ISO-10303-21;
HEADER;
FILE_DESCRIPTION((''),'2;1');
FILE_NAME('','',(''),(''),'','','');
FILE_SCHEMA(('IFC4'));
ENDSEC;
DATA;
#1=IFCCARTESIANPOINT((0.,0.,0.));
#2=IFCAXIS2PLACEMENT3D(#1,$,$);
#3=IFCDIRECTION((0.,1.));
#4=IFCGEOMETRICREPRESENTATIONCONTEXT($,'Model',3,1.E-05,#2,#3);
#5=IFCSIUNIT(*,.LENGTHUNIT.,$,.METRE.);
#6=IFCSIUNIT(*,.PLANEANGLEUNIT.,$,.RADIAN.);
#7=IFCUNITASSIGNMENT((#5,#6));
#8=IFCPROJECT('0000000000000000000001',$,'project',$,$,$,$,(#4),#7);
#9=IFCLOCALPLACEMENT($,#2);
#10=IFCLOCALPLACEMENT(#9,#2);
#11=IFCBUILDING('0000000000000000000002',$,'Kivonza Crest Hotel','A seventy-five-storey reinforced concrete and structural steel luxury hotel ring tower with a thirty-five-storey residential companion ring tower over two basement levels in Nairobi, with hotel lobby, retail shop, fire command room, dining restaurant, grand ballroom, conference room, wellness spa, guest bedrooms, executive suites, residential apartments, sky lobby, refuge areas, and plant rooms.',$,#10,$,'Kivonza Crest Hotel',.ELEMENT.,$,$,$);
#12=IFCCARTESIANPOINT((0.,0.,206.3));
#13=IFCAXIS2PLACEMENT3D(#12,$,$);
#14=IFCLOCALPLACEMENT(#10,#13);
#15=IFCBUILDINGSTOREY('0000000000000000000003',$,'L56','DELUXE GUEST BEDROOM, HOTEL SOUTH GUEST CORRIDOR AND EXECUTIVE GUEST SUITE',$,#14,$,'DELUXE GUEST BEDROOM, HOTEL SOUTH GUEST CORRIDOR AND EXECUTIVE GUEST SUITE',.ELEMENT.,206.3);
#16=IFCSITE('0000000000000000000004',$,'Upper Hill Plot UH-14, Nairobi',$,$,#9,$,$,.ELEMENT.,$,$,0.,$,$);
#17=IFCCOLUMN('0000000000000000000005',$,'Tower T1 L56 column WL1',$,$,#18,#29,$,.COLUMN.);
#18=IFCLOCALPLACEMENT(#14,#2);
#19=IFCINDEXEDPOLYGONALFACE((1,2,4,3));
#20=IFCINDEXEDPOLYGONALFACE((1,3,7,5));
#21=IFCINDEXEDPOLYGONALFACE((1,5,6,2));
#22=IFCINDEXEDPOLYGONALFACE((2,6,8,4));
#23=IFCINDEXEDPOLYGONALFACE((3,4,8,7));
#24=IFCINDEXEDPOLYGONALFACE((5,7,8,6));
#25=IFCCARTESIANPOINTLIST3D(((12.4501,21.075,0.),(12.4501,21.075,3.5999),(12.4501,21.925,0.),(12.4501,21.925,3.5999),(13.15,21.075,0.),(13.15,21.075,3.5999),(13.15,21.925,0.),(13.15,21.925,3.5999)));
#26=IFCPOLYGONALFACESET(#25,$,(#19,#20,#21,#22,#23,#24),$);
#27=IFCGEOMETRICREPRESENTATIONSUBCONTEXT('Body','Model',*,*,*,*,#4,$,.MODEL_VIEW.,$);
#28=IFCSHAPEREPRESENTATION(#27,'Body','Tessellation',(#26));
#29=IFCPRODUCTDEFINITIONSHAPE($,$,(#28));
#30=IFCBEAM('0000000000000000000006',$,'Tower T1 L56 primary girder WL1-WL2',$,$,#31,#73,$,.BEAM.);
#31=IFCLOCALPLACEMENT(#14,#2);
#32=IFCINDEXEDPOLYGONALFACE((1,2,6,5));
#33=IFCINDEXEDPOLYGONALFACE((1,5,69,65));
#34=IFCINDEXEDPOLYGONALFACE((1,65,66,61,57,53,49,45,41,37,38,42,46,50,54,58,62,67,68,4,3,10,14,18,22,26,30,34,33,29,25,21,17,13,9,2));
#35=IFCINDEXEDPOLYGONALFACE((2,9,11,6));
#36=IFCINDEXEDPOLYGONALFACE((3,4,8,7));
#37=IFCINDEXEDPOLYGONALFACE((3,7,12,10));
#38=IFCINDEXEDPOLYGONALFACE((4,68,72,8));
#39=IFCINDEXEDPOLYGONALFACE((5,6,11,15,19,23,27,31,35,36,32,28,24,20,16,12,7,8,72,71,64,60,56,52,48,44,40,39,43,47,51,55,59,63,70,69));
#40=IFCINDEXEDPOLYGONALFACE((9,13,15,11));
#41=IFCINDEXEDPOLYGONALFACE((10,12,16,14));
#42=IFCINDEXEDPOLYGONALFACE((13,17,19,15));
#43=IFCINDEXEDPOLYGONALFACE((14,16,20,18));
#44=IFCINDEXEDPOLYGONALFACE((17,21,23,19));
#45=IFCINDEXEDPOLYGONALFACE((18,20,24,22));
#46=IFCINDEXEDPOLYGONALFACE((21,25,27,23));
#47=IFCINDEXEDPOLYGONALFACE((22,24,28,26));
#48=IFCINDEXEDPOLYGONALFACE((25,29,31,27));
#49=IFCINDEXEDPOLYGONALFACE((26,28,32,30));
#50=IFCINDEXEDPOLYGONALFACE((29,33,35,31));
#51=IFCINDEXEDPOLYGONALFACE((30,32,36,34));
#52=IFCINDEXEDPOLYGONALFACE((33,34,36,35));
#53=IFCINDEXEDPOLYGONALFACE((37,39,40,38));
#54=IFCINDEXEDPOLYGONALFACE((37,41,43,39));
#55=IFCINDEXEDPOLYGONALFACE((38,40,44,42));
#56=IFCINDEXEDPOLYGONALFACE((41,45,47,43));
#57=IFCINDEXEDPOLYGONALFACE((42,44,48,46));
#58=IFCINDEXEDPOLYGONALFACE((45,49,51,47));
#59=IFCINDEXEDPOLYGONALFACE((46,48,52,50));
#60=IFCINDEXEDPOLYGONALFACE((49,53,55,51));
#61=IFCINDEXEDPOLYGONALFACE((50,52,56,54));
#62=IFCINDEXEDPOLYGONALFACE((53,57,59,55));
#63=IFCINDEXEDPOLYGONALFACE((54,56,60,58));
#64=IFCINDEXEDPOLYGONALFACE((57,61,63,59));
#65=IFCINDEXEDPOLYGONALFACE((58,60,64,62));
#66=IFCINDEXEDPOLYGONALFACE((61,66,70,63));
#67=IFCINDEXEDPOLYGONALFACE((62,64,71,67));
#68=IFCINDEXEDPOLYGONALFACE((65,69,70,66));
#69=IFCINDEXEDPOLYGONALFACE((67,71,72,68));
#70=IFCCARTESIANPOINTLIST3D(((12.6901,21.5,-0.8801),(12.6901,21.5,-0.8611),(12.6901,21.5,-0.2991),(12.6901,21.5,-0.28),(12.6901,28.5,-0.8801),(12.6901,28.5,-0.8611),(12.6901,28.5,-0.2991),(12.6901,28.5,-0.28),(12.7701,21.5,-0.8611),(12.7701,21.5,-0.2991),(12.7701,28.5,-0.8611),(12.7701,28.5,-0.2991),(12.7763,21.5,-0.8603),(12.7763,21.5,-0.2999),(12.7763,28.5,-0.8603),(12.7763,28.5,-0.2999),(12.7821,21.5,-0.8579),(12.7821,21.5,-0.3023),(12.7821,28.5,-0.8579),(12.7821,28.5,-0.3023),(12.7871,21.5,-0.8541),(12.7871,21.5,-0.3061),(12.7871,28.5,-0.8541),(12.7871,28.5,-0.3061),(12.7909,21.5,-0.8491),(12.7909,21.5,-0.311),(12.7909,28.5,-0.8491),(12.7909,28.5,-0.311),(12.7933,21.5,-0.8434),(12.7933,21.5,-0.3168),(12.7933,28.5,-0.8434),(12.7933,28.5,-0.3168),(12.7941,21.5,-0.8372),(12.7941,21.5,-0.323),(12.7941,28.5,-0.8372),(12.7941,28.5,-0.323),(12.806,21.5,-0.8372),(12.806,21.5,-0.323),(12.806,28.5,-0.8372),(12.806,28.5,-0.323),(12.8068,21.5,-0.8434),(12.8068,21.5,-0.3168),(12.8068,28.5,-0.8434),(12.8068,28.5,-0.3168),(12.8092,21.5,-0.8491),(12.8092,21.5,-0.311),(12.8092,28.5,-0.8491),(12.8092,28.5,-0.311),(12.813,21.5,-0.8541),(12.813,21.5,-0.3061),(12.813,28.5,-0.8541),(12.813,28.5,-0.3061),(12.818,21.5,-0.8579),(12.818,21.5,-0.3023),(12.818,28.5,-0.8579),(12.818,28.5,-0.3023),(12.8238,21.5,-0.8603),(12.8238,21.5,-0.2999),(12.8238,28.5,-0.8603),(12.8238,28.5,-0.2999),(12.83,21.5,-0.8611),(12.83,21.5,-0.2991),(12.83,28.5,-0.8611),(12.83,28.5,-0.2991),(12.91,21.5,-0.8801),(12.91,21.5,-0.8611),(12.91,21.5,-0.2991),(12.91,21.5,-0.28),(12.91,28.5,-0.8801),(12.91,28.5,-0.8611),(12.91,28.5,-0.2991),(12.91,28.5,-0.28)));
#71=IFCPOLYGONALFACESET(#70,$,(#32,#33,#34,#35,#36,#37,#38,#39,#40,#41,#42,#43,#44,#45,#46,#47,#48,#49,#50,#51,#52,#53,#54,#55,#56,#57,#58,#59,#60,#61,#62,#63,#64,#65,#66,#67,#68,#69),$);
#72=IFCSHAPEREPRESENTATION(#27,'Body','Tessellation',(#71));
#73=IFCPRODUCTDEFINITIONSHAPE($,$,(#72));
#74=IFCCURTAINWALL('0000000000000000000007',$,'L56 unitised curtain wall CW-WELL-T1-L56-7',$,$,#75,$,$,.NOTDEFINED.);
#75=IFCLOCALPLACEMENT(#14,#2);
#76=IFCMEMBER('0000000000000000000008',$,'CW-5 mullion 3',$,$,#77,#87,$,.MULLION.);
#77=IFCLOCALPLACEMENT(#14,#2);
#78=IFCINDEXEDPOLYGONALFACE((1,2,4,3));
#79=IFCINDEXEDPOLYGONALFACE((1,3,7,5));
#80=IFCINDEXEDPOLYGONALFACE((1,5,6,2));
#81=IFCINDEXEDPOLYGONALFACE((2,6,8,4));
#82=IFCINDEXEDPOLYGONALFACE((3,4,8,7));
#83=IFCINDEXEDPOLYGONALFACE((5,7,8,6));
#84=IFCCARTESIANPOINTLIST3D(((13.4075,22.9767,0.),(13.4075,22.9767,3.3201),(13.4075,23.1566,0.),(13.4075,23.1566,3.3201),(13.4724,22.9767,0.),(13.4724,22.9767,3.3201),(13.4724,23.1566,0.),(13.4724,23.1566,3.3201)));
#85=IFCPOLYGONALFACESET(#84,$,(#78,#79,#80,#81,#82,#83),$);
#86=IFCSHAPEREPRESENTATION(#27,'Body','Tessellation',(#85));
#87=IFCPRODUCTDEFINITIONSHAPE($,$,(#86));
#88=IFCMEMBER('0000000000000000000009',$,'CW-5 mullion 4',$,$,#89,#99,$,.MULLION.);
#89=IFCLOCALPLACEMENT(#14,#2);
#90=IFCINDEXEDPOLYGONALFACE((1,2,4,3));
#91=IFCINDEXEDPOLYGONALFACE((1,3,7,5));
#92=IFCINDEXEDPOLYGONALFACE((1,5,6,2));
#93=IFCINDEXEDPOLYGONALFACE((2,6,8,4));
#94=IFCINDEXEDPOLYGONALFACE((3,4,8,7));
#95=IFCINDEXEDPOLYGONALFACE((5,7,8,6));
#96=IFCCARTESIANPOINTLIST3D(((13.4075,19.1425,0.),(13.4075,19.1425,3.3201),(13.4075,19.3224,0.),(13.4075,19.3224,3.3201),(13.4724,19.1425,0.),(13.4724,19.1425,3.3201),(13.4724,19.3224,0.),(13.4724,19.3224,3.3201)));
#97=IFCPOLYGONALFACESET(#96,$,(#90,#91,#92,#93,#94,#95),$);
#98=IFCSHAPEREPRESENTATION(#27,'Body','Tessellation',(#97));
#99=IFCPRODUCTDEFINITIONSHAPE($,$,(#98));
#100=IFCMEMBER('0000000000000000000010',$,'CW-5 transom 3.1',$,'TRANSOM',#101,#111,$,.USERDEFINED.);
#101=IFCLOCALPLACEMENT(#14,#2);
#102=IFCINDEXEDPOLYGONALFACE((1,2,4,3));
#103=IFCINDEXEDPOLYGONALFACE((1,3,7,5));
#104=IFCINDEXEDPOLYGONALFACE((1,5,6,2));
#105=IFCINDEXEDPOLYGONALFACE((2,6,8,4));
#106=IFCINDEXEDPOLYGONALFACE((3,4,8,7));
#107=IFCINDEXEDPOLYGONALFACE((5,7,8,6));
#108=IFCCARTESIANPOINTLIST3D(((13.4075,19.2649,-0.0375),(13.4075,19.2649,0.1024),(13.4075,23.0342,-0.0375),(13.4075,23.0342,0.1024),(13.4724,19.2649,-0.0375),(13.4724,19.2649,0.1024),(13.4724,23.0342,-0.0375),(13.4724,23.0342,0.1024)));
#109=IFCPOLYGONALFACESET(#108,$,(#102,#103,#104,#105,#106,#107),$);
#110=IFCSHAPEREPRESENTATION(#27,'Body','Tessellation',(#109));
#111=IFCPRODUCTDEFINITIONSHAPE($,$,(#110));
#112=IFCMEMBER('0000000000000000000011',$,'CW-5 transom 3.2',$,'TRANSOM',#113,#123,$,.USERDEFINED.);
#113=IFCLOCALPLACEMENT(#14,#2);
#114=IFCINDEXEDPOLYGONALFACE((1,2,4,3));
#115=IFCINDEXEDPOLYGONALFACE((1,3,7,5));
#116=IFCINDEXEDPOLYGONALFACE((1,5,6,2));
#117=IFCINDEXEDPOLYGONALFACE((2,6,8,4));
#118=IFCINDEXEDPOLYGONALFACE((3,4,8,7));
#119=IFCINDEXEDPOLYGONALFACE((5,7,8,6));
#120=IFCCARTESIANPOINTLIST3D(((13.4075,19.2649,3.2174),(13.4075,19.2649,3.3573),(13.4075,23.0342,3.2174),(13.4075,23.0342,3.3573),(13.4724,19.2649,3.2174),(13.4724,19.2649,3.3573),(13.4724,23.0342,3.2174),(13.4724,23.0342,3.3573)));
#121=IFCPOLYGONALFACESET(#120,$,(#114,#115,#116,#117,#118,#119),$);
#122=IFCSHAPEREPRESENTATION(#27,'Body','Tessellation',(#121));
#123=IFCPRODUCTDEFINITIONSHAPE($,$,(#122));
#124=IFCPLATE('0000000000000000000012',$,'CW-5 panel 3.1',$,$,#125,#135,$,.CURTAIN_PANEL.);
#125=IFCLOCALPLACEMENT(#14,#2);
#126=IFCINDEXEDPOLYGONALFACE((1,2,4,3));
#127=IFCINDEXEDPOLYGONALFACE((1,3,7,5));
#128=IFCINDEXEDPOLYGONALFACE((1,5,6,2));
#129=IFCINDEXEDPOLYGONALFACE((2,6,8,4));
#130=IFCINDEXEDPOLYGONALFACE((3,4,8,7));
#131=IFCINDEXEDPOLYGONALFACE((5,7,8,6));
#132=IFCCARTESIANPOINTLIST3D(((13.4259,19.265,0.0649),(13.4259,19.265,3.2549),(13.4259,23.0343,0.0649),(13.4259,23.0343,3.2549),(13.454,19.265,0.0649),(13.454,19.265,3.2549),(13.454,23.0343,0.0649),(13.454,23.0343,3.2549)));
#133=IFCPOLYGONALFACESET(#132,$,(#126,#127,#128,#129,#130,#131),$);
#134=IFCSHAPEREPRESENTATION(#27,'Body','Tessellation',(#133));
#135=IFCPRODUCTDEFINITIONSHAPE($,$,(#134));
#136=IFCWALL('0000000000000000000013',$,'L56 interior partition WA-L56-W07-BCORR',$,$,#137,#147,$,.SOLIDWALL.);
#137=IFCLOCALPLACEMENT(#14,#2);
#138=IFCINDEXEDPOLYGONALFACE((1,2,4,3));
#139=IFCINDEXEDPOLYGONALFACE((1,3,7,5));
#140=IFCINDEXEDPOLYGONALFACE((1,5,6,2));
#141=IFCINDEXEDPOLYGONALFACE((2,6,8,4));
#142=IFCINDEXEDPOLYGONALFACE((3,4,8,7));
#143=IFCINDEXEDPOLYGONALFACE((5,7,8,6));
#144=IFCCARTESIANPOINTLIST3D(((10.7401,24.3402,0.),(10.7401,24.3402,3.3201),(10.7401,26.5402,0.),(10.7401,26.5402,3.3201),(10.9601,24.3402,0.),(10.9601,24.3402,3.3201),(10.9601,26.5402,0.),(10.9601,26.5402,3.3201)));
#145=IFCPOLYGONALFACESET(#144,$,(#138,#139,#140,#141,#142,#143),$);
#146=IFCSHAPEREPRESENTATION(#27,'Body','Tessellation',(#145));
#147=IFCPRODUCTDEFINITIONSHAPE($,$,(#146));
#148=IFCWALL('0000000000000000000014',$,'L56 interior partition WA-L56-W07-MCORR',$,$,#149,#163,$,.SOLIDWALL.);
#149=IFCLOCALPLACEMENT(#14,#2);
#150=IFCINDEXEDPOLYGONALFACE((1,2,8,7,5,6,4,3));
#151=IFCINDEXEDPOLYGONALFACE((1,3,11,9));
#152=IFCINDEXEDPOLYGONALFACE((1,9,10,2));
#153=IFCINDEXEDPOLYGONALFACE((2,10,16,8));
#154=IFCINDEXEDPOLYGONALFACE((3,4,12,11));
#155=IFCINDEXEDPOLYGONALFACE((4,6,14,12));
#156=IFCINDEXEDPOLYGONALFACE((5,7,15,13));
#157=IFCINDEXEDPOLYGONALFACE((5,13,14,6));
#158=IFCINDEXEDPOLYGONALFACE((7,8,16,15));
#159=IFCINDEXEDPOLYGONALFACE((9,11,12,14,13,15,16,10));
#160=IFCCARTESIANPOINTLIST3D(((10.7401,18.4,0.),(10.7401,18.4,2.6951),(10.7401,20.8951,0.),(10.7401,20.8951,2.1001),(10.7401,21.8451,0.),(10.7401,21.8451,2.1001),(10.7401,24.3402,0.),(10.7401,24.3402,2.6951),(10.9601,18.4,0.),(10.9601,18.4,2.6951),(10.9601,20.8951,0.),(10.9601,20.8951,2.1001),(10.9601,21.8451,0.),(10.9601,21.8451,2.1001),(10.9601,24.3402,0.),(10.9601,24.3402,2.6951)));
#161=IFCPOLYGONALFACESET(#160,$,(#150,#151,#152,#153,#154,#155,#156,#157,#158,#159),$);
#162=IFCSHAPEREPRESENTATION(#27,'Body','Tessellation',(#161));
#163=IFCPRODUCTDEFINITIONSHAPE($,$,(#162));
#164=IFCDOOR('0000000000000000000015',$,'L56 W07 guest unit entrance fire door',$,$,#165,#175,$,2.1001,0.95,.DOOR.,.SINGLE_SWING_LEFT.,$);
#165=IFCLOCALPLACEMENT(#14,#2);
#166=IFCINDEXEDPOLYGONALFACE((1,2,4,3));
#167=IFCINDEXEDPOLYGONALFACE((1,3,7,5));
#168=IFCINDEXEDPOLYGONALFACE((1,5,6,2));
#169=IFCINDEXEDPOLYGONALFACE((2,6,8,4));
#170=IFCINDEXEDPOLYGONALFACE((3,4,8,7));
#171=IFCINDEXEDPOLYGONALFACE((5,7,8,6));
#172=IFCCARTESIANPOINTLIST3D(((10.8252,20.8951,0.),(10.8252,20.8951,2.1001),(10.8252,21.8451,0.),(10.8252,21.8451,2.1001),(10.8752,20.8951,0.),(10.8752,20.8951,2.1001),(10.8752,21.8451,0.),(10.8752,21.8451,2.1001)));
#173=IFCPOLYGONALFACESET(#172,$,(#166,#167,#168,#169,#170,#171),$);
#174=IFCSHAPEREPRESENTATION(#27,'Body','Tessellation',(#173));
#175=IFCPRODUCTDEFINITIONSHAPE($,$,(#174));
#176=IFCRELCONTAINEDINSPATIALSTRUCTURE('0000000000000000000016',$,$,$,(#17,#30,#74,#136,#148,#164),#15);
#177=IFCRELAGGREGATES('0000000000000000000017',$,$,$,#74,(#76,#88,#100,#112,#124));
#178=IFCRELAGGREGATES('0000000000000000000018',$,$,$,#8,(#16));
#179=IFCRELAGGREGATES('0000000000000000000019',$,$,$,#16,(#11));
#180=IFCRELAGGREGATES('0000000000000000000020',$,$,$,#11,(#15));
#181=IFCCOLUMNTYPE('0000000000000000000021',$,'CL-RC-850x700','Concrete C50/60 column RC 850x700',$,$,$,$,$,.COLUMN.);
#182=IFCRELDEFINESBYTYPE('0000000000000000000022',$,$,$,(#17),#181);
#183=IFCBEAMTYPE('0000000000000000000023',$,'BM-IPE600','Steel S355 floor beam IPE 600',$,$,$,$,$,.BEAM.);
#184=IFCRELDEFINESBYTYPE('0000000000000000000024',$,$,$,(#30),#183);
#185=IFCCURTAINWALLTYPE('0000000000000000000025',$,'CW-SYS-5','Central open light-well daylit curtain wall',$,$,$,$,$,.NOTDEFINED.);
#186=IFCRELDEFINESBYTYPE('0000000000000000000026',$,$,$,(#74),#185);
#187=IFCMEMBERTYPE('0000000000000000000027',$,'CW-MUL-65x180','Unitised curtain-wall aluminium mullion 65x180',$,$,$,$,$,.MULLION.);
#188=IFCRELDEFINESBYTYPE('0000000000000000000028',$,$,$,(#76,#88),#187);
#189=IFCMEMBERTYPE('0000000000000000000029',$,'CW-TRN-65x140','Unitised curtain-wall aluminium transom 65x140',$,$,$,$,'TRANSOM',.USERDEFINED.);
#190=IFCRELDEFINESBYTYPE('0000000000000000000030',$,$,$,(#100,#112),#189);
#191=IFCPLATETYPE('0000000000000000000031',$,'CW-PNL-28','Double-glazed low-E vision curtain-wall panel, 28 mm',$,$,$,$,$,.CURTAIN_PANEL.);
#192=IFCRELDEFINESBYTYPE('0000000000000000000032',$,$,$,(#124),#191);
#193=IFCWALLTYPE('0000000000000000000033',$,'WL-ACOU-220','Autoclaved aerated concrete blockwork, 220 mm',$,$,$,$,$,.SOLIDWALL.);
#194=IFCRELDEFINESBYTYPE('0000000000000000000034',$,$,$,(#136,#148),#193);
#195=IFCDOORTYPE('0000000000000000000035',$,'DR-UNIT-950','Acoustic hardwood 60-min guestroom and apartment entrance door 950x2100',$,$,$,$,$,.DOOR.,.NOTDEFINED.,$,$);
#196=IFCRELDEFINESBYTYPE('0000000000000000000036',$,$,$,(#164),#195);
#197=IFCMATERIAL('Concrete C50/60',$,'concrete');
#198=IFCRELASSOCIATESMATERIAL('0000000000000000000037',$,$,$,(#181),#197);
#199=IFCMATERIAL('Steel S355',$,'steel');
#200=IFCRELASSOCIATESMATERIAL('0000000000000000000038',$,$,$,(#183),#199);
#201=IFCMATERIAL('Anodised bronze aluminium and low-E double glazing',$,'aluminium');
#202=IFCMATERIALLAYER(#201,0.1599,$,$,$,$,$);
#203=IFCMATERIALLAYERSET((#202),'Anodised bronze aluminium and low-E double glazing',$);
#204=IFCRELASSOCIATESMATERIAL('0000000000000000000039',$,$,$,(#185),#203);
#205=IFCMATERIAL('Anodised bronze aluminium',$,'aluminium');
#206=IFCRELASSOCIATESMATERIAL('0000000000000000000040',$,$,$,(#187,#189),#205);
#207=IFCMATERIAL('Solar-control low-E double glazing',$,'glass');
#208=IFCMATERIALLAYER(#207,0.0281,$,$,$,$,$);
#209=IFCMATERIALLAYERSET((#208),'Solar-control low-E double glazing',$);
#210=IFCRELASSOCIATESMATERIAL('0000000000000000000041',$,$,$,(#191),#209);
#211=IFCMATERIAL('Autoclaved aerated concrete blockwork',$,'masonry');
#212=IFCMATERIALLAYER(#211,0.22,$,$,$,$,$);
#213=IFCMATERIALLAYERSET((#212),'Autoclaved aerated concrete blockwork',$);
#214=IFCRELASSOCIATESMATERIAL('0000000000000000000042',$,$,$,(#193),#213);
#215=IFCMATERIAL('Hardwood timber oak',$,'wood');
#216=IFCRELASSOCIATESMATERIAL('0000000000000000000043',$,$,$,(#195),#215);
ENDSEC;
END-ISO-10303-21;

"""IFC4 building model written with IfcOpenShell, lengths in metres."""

from ifc_helpers import new_model, si_unit, direction, frame, frame_2d, origin, origin_2d, place, context, subcontext, project, spatial, rectangle, i_section, extrude, material, layer, layer_set, material_profile, profile_set, type_object, element, fill, aggregate, save


model = new_model("IFC4")

# Units and contexts
model_context = context("Model", 3, precision=1e-05, world=origin(), true_north=direction((0.0, 1.0)))
body_context = subcontext(model_context, "Body", "Model", "MODEL_VIEW")
ifc_project = project(units=[si_unit("LENGTHUNIT", "METRE"), si_unit("PLANEANGLEUNIT", "RADIAN")], contexts=[model_context])

# Site, building, storey
site_placement = place(None, origin())
site = spatial("IfcSite", under=ifc_project, at=site_placement, Name="Upper Hill Plot UH-14, Nairobi", CompositionType="ELEMENT", RefElevation=0.0)
building_placement = place(site_placement, origin())
building = spatial("IfcBuilding", under=site, at=building_placement, Name="Kivonza Crest Hotel", Description="A seventy-five-storey reinforced concrete and structural steel luxury hotel ring tower with a thirty-five-storey residential companion ring tower over two basement levels in Nairobi, with hotel lobby, retail shop, fire command room, dining restaurant, grand ballroom, conference room, wellness spa, guest bedrooms, executive suites, residential apartments, sky lobby, refuge areas, and plant rooms.", LongName="Kivonza Crest Hotel", CompositionType="ELEMENT")
storey_placement = place(building_placement, frame((0.0, 0.0, 206.3)))
storey = spatial("IfcBuildingStorey", under=building, at=storey_placement, Name="L56", Description="DELUXE GUEST BEDROOM, HOTEL SOUTH GUEST CORRIDOR AND EXECUTIVE GUEST SUITE", LongName="DELUXE GUEST BEDROOM, HOTEL SOUTH GUEST CORRIDOR AND EXECUTIVE GUEST SUITE", CompositionType="ELEMENT", Elevation=206.3)

# Column
ifc_material_1 = material(Name="Concrete C50/60", Category="concrete")
ifc_material_profile_1 = material_profile(ifc_material_1, rectangle(XDim=0.7, YDim=0.8501, at=origin_2d()), Name="RC 850x700")
ifc_profile_set_1 = profile_set([ifc_material_profile_1], Name="Concrete C50/60")
column_type = type_object("IfcColumnType", Name="CL-RC-850x700", Description="Concrete C50/60 column RC 850x700", PredefinedType="COLUMN", material=ifc_profile_set_1)
column_placement = place(storey_placement, frame((12.8, 21.5, 0.0), z_axis=(0.0, 0.0, 1.0), x_axis=(1.0, 0.0, 0.0)))
element("IfcColumn", 1, at=column_placement, inside=storey, type_object=column_type, Name="Tower T1 L56 column WL1", PredefinedType="COLUMN", context=body_context, shape_type="SweptSolid", body=[
    extrude(rectangle(XDim=0.7, YDim=0.8501, at=origin_2d()), origin(), (0.0, 0.0, 1.0), 3.5999),
])

# Beam
ifc_material_2 = material(Name="Steel S355", Category="steel")
ifc_material_profile_2 = material_profile(ifc_material_2, i_section(OverallWidth=0.22, OverallDepth=0.6001, WebThickness=0.012, FlangeThickness=0.019, FilletRadius=0.0239, at=origin_2d()), Name="IPE 600")
ifc_profile_set_2 = profile_set([ifc_material_profile_2], Name="Steel S355")
beam_type = type_object("IfcBeamType", Name="BM-IPE600", Description="Steel S355 floor beam IPE 600", PredefinedType="BEAM", material=ifc_profile_set_2)
beam_placement = place(storey_placement, frame((12.8, 21.5, -0.5801), z_axis=(0.0, 1.0, 0.0), x_axis=(-1.0, 0.0, 0.0)))
element("IfcBeam", 2, at=beam_placement, inside=storey, type_object=beam_type, Name="Tower T1 L56 primary girder WL1-WL2", PredefinedType="BEAM", context=body_context, shape_type="SweptSolid", body=[
    extrude(i_section(OverallWidth=0.22, OverallDepth=0.6001, WebThickness=0.012, FlangeThickness=0.019, FilletRadius=0.0239, at=origin_2d()), origin(), (0.0, 0.0, 1.0), 7.0),
])

# Curtain wall, members, plate
ifc_material_3 = material(Name="Anodised bronze aluminium and low-E double glazing", Category="aluminium")
ifc_layer_1 = layer(ifc_material_3, 0.1599)
ifc_layer_set_1 = layer_set([ifc_layer_1], Name="Anodised bronze aluminium and low-E double glazing")
curtain_wall_type = type_object("IfcCurtainWallType", Name="CW-SYS-5", Description="Central open light-well daylit curtain wall", PredefinedType="NOTDEFINED", material=ifc_layer_set_1)
curtain_wall_placement = place(storey_placement, origin())
curtain_wall = element("IfcCurtainWall", 3, at=curtain_wall_placement, inside=storey, type_object=curtain_wall_type, Name="L56 unitised curtain wall CW-WELL-T1-L56-7", PredefinedType="NOTDEFINED")
ifc_material_4 = material(Name="Anodised bronze aluminium", Category="aluminium")
ifc_material_profile_3 = material_profile(ifc_material_4, rectangle(XDim=0.0649, YDim=0.1799, at=origin_2d()), Name="CW-M 65x180")
ifc_profile_set_3 = profile_set([ifc_material_profile_3], Name="Anodised bronze aluminium")
member_type_1 = type_object("IfcMemberType", Name="CW-MUL-65x180", Description="Unitised curtain-wall aluminium mullion 65x180", PredefinedType="MULLION", material=ifc_profile_set_3)
member_1_placement = place(storey_placement, frame((13.4399, 23.0667, 0.0), z_axis=(0.0, 0.0, 1.0), x_axis=(1.0, 0.0, 0.0)))
member_1 = element("IfcMember", 4, at=member_1_placement, type_object=member_type_1, Name="CW-5 mullion 3", PredefinedType="MULLION", context=body_context, shape_type="SweptSolid", body=[
    extrude(rectangle(XDim=0.0649, YDim=0.1799, at=origin_2d()), origin(), (0.0, 0.0, 1.0), 3.3201),
])
member_2_placement = place(storey_placement, frame((13.4399, 19.2324, 0.0), z_axis=(0.0, 0.0, 1.0), x_axis=(1.0, 0.0, 0.0)))
member_2 = element("IfcMember", 5, at=member_2_placement, type_object=member_type_1, Name="CW-5 mullion 4", PredefinedType="MULLION", context=body_context, shape_type="SweptSolid", body=[
    extrude(rectangle(XDim=0.0649, YDim=0.1799, at=origin_2d()), origin(), (0.0, 0.0, 1.0), 3.3201),
])
ifc_material_profile_4 = material_profile(ifc_material_4, rectangle(XDim=0.0649, YDim=0.1399, at=origin_2d()), Name="CW-T 65x140")
ifc_profile_set_4 = profile_set([ifc_material_profile_4], Name="Anodised bronze aluminium")
member_type_2 = type_object("IfcMemberType", Name="CW-TRN-65x140", Description="Unitised curtain-wall aluminium transom 65x140", ElementType="TRANSOM", PredefinedType="USERDEFINED", material=ifc_profile_set_4)
member_3_placement = place(storey_placement, frame((13.4399, 23.0342, 0.0325), z_axis=(0.0, -1.0, 0.0), x_axis=(1.0, 0.0, 0.0)))
member_3 = element("IfcMember", 6, at=member_3_placement, type_object=member_type_2, Name="CW-5 transom 3.1", ObjectType="TRANSOM", PredefinedType="USERDEFINED", context=body_context, shape_type="SweptSolid", body=[
    extrude(rectangle(XDim=0.0649, YDim=0.1399, at=origin_2d()), origin(), (0.0, 0.0, 1.0), 3.7693),
])
member_4_placement = place(storey_placement, frame((13.4399, 23.0342, 3.2874), z_axis=(0.0, -1.0, 0.0), x_axis=(1.0, 0.0, 0.0)))
member_4 = element("IfcMember", 7, at=member_4_placement, type_object=member_type_2, Name="CW-5 transom 3.2", ObjectType="TRANSOM", PredefinedType="USERDEFINED", context=body_context, shape_type="SweptSolid", body=[
    extrude(rectangle(XDim=0.0649, YDim=0.1399, at=origin_2d()), origin(), (0.0, 0.0, 1.0), 3.7693),
])
ifc_material_5 = material(Name="Solar-control low-E double glazing", Category="glass")
ifc_layer_2 = layer(ifc_material_5, 0.0281)
ifc_layer_set_2 = layer_set([ifc_layer_2], Name="Solar-control low-E double glazing")
plate_type = type_object("IfcPlateType", Name="CW-PNL-28", Description="Double-glazed low-E vision curtain-wall panel, 28 mm", PredefinedType="CURTAIN_PANEL", material=ifc_layer_set_2)
plate_placement = place(storey_placement, frame((13.4399, 21.1497, 0.0649), z_axis=(0.0, 0.0, 1.0), x_axis=(0.0, -1.0, 0.0)))
plate = element("IfcPlate", 8, at=plate_placement, type_object=plate_type, Name="CW-5 panel 3.1", PredefinedType="CURTAIN_PANEL", context=body_context, shape_type="SweptSolid", body=[
    extrude(rectangle(XDim=3.7693, YDim=0.0281, at=origin_2d()), origin(), (0.0, 0.0, 1.0), 3.1899),
])
aggregate(curtain_wall, [member_1, member_2, member_3, member_4, plate])

# Wall
ifc_material_6 = material(Name="Autoclaved aerated concrete blockwork", Category="masonry")
ifc_layer_3 = layer(ifc_material_6, 0.22)
ifc_layer_set_3 = layer_set([ifc_layer_3], Name="Autoclaved aerated concrete blockwork")
wall_type_1 = type_object("IfcWallType", Name="WL-ACOU-220", Description="Autoclaved aerated concrete blockwork, 220 mm", PredefinedType="SOLIDWALL", material=ifc_layer_set_3)
wall_1_placement = place(storey_placement, frame((10.8501, 24.3401, 0.0), z_axis=(0.0, 0.0, 1.0), x_axis=(0.0, 1.0, 0.0)))
element("IfcWall", 9, at=wall_1_placement, inside=storey, type_object=wall_type_1, Name="L56 interior partition WA-L56-W07-BCORR", PredefinedType="SOLIDWALL", context=body_context, shape_type="SweptSolid", body=[
    extrude(rectangle(XDim=2.2, YDim=0.22, at=frame_2d((1.1001, 0.0))), origin(), (0.0, 0.0, 1.0), 3.3201),
])

# Wall, opening, door
wall_2_placement = place(storey_placement, frame((10.8501, 18.3999, 0.0), z_axis=(0.0, 0.0, 1.0), x_axis=(0.0, 1.0, 0.0)))
wall_2 = element("IfcWall", 10, at=wall_2_placement, inside=storey, type_object=wall_type_1, Name="L56 interior partition WA-L56-W07-MCORR", PredefinedType="SOLIDWALL", context=body_context, shape_type="SweptSolid", body=[
    extrude(rectangle(XDim=5.9402, YDim=0.22, at=frame_2d((2.9702, 0.0))), origin(), (0.0, 0.0, 1.0), 2.6951),
])
opening_1_placement = place(wall_2_placement, frame((2.4951, 0.0, 0.0)))
opening_1 = element("IfcOpeningElement", 11, at=opening_1_placement, cuts=wall_2, PredefinedType="OPENING", context=body_context, shape_type="SweptSolid", body=[
    extrude(rectangle(XDim=0.95, YDim=2.1001, at=frame_2d((0.4751, 1.05))), frame((0.0, 0.1201, 0.0), z_axis=(0.0, -1.0, 0.0), x_axis=(1.0, 0.0, 0.0)), (0.0, 0.0, 1.0), 0.24),
])
ifc_material_7 = material(Name="Hardwood timber oak", Category="wood")
door_type_1 = type_object("IfcDoorType", Name="DR-UNIT-950", Description="Acoustic hardwood 60-min guestroom and apartment entrance door 950x2100", OperationType="NOTDEFINED", PredefinedType="DOOR", material=ifc_material_7)
door_1_placement = place(opening_1_placement, origin())
door_1 = element("IfcDoor", 12, at=door_1_placement, inside=storey, type_object=door_type_1, Name="L56 W07 guest unit entrance fire door", OperationType="SINGLE_SWING_LEFT", OverallHeight=2.1001, OverallWidth=0.95, PredefinedType="DOOR", context=body_context, shape_type="SweptSolid", body=[
    extrude(rectangle(XDim=0.95, YDim=2.1001, at=frame_2d((0.4751, 1.05))), frame((0.0, 0.0249, 0.0), z_axis=(0.0, -1.0, 0.0), x_axis=(1.0, 0.0, 0.0)), (0.0, 0.0, 1.0), 0.05),
])
fill(opening_1, door_1)

save(model, "model.ifc")
